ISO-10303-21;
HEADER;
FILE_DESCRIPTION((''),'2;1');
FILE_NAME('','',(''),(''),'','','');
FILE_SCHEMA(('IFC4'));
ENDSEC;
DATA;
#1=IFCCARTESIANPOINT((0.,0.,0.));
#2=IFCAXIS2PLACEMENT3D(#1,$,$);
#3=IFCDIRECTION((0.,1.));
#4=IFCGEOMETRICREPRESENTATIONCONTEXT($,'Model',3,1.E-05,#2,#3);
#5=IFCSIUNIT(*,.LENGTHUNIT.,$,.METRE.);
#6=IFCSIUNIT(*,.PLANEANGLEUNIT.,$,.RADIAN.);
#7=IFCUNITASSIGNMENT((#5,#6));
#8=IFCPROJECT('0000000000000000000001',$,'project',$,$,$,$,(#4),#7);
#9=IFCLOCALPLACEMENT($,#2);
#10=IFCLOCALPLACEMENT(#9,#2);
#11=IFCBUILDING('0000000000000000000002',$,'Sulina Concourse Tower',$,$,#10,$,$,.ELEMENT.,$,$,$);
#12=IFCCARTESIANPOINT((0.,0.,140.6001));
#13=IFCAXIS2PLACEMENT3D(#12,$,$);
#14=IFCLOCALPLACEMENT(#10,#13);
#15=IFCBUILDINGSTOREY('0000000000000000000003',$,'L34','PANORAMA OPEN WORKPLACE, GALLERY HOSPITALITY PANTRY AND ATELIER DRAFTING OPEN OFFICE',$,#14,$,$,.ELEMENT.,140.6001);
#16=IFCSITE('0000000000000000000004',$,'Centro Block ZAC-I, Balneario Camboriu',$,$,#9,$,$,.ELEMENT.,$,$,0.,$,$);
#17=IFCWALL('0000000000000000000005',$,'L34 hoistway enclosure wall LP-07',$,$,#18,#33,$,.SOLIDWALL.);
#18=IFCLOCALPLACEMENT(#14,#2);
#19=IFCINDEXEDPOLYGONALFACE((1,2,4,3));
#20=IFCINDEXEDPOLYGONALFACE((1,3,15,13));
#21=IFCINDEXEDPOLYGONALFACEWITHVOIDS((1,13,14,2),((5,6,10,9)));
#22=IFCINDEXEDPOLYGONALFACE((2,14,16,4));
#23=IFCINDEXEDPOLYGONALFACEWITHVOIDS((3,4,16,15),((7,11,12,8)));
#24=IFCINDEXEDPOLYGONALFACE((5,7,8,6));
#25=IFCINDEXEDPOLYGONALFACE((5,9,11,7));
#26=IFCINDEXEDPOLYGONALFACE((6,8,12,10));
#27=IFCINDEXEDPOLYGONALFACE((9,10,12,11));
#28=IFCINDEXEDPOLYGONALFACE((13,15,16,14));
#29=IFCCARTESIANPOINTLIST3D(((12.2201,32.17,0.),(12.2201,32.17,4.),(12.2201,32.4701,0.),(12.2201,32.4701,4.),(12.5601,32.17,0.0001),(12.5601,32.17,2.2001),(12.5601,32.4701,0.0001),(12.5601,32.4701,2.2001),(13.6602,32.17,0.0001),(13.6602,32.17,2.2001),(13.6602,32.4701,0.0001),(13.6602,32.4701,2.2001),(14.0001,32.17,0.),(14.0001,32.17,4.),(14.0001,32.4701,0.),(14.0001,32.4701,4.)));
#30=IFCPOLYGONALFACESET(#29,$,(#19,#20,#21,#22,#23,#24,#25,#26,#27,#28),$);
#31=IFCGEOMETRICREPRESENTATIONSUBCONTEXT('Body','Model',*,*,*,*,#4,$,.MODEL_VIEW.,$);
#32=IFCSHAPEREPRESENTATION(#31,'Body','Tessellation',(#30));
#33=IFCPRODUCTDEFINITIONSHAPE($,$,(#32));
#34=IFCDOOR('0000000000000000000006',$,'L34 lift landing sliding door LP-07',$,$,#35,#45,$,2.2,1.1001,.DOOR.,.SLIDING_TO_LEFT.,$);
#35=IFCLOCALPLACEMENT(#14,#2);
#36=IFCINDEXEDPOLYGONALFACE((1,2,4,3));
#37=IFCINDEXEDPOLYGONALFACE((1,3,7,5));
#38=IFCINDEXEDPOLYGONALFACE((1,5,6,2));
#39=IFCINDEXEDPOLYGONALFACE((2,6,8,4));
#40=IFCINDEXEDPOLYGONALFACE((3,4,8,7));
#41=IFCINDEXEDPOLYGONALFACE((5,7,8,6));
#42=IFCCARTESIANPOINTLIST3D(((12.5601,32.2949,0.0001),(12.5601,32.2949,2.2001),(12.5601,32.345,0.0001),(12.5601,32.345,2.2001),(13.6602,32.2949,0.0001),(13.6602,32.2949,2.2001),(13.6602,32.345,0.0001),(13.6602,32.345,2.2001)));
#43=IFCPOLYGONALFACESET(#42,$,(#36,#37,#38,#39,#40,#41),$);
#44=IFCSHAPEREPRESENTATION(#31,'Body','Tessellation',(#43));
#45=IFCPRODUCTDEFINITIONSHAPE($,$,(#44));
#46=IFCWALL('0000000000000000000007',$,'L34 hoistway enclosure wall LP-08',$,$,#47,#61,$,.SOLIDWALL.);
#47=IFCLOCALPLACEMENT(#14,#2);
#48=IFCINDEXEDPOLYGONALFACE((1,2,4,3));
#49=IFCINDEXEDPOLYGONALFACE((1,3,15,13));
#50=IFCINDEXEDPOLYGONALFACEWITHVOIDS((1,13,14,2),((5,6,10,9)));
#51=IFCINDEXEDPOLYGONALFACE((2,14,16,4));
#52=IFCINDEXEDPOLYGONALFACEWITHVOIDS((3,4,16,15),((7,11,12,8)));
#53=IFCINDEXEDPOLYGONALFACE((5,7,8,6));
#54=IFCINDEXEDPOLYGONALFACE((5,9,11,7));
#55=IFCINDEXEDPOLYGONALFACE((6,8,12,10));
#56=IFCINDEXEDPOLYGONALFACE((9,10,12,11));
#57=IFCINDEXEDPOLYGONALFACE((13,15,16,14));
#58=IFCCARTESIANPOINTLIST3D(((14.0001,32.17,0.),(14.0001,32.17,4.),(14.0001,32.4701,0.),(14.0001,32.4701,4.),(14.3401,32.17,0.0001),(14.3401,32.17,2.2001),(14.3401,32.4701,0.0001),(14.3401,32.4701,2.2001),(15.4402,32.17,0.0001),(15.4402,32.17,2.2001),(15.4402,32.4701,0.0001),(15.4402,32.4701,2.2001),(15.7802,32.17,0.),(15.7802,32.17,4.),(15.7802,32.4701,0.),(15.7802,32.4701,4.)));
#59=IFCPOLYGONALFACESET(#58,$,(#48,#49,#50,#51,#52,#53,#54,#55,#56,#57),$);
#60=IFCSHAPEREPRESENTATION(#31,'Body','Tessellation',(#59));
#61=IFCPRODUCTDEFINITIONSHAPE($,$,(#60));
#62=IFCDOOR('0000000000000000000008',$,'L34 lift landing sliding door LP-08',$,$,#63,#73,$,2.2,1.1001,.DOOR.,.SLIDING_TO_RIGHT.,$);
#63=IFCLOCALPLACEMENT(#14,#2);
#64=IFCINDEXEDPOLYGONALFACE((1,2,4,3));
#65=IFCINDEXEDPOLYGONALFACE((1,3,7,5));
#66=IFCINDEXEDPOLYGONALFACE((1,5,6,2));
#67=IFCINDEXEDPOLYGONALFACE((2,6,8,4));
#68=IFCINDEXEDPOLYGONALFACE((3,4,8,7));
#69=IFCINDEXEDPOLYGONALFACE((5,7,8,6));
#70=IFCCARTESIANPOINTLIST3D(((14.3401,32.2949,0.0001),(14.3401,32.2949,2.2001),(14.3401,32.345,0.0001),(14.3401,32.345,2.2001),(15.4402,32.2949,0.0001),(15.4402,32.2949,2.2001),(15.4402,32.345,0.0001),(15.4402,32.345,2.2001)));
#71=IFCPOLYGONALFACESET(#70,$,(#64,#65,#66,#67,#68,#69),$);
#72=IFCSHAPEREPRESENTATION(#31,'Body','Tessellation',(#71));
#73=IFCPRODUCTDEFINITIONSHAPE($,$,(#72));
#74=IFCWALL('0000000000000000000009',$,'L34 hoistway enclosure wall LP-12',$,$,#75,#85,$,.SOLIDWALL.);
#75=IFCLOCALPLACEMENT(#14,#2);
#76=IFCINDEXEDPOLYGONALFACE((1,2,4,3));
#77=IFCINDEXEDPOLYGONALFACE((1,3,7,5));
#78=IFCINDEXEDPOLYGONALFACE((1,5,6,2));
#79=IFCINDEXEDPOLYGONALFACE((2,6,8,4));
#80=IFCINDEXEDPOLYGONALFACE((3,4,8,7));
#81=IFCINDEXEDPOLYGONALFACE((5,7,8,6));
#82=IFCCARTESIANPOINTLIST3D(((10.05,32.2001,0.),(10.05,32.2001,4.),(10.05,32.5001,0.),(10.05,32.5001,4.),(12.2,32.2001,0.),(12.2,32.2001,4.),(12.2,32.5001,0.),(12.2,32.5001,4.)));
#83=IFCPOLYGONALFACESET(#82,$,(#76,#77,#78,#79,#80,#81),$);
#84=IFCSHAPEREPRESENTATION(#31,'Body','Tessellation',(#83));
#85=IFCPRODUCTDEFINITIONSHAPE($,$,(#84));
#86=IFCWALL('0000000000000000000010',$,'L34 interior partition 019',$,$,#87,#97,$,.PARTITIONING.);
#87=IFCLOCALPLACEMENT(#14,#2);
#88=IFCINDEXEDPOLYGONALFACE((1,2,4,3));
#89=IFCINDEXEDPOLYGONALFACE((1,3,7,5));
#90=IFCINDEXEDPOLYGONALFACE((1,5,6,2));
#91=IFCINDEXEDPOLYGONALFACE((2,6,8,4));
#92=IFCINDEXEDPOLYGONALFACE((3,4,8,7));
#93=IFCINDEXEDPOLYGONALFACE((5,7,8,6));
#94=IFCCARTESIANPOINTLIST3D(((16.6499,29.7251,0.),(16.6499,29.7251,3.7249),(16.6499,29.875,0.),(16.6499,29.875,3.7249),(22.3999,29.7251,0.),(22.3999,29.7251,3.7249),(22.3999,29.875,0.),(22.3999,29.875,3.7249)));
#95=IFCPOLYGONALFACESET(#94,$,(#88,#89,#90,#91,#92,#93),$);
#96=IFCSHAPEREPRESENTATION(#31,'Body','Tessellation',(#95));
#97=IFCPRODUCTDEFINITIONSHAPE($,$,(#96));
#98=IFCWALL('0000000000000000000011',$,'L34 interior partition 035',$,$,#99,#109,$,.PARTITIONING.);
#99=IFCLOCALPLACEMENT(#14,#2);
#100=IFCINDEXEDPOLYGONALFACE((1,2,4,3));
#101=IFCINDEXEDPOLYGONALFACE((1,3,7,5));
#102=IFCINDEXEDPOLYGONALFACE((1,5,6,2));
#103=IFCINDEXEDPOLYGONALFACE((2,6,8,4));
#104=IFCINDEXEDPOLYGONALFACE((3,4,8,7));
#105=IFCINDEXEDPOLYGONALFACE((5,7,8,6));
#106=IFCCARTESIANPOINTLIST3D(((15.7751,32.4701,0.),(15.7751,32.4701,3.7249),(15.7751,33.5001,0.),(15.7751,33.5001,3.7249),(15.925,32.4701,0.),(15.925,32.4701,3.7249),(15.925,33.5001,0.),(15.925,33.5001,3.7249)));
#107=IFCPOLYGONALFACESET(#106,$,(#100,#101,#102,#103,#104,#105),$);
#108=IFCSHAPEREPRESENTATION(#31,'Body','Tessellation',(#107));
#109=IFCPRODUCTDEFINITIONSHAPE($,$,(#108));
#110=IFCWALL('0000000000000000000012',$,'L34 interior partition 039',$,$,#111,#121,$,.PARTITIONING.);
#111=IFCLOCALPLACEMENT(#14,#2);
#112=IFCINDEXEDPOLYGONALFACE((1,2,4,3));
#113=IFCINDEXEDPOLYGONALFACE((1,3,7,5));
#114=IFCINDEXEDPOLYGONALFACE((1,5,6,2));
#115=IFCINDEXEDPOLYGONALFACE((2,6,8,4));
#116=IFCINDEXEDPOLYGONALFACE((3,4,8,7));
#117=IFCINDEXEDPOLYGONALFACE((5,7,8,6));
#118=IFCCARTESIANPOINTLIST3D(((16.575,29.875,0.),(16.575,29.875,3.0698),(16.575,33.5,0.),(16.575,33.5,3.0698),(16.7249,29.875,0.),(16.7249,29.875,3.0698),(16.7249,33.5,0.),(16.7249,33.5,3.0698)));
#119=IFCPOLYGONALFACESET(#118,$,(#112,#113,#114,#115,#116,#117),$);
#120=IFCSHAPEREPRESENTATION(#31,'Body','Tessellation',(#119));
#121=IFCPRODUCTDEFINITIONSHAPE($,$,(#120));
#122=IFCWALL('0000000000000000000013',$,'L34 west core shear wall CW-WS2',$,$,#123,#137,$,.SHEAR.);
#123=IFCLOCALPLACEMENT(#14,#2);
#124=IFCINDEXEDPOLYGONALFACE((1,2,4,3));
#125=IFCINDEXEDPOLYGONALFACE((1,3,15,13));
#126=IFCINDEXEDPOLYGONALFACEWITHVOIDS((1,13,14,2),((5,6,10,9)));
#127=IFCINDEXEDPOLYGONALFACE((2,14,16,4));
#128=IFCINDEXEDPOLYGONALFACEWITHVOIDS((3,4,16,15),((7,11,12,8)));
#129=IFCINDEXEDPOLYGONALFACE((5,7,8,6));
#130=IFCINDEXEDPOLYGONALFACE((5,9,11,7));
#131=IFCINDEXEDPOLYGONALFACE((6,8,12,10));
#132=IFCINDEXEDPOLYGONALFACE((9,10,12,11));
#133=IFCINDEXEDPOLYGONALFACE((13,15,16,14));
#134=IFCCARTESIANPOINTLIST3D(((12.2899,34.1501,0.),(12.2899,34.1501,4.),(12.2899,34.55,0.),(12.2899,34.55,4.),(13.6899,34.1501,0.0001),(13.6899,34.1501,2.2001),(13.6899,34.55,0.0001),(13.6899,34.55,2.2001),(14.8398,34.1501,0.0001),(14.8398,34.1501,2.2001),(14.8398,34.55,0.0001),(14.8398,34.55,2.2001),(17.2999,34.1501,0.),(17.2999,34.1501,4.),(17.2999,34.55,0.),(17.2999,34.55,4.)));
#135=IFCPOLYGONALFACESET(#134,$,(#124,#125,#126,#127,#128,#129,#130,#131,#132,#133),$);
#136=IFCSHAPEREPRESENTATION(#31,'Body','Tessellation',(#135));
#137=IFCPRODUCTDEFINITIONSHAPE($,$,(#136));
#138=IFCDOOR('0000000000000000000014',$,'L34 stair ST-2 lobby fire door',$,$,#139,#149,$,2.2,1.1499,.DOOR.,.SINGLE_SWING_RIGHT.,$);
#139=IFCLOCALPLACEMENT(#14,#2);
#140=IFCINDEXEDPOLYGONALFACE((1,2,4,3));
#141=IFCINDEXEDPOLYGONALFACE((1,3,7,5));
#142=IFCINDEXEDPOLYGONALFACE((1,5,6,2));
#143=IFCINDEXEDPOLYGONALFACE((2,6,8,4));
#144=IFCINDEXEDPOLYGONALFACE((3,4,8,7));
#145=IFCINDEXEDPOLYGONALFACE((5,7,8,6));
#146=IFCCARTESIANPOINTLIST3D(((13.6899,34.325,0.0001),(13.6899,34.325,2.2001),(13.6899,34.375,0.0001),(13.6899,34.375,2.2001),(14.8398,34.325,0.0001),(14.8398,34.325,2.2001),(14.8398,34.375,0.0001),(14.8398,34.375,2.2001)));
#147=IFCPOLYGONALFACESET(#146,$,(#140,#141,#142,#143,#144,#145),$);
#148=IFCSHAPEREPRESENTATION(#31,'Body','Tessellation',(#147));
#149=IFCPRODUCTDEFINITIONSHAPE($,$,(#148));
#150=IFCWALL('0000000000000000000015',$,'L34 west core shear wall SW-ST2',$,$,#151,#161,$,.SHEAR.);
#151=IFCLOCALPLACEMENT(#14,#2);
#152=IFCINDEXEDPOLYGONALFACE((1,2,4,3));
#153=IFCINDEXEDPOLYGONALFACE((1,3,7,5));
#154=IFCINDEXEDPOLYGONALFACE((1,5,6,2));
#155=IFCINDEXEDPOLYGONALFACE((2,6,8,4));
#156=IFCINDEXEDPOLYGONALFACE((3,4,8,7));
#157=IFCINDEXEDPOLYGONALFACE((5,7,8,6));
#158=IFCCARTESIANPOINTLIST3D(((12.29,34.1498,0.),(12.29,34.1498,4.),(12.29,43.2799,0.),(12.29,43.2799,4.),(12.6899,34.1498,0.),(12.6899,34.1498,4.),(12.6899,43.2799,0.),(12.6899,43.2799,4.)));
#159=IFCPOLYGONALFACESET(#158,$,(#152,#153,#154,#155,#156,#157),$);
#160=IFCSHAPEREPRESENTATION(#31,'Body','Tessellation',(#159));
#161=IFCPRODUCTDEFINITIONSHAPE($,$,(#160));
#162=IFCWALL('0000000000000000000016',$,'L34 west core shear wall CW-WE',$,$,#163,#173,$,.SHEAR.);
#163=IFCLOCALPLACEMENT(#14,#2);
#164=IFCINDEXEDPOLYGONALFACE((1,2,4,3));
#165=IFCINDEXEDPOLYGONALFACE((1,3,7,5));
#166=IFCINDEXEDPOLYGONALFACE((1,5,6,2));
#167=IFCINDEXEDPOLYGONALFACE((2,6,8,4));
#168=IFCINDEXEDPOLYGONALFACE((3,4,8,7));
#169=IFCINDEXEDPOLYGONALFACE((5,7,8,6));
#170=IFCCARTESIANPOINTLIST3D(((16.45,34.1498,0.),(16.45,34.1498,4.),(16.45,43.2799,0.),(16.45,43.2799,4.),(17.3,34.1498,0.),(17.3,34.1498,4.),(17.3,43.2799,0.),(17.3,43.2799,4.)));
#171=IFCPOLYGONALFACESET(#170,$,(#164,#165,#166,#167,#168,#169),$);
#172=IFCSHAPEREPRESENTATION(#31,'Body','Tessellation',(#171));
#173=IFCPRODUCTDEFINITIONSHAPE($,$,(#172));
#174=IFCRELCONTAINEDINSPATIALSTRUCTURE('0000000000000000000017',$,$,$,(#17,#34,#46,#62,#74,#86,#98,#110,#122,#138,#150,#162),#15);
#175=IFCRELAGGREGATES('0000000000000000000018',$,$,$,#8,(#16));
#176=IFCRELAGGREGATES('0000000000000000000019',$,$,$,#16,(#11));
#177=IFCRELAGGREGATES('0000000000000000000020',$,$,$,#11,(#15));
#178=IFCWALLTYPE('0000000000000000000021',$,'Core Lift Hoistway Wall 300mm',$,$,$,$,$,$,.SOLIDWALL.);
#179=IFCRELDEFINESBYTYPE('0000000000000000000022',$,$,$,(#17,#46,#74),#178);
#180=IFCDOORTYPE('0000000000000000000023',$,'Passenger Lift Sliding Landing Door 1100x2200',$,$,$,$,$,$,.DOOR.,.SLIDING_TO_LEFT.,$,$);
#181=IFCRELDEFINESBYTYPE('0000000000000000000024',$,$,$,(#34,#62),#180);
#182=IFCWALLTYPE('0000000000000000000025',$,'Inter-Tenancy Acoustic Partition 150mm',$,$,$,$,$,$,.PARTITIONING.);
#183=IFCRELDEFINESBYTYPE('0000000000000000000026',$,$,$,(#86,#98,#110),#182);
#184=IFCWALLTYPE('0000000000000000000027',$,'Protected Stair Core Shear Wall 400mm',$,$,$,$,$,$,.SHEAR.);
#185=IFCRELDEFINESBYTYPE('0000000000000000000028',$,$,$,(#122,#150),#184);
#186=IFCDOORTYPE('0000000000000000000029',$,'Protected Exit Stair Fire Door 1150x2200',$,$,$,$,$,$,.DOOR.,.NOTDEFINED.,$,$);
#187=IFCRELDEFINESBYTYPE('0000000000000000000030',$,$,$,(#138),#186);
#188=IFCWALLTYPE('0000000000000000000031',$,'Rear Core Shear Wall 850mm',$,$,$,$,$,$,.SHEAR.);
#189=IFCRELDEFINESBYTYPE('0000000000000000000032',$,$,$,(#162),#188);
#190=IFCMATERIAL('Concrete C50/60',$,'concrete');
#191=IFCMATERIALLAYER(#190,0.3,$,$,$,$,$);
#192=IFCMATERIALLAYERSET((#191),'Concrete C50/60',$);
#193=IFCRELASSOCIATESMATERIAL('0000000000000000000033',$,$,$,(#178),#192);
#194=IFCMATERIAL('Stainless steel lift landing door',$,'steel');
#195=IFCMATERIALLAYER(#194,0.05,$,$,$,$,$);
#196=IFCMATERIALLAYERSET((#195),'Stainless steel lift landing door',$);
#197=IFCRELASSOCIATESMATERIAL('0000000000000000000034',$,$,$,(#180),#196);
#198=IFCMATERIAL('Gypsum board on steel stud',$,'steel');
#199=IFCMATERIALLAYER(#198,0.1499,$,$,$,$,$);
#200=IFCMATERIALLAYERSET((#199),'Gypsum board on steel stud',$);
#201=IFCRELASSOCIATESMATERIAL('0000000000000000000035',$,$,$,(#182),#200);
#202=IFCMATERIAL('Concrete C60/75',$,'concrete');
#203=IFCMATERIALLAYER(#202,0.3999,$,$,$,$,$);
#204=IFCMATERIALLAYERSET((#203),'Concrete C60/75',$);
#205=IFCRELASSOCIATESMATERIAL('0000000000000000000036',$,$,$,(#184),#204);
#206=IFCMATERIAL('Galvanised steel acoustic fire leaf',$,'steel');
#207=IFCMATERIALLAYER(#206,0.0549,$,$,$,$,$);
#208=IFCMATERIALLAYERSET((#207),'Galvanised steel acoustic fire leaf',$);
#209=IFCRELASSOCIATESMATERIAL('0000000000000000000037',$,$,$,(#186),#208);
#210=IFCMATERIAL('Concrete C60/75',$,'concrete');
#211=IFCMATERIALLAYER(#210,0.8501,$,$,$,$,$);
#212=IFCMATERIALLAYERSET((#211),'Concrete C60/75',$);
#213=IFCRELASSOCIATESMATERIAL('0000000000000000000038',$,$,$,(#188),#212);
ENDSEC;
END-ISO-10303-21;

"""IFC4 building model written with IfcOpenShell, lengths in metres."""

from ifc_helpers import new_model, si_unit, direction, frame, frame_2d, origin, place, context, subcontext, project, spatial, rectangle, extrude, material, layer, layer_set, type_object, element, fill, save


model = new_model("IFC4")

# Units and contexts
model_context = context("Model", 3, precision=1e-05, world=origin(), true_north=direction((0.0, 1.0)))
body_context = subcontext(model_context, "Body", "Model", "MODEL_VIEW")
ifc_project = project(units=[si_unit("LENGTHUNIT", "METRE"), si_unit("PLANEANGLEUNIT", "RADIAN")], contexts=[model_context])

# Site, building, storey
site_placement = place(None, origin())
site = spatial("IfcSite", under=ifc_project, at=site_placement, Name="Centro Block ZAC-I, Balneario Camboriu", CompositionType="ELEMENT", RefElevation=0.0)
building_placement = place(site_placement, origin())
building = spatial("IfcBuilding", under=site, at=building_placement, Name="Sulina Concourse Tower", CompositionType="ELEMENT")
storey_placement = place(building_placement, frame((0.0, 0.0, 140.6001)))
storey = spatial("IfcBuildingStorey", under=building, at=storey_placement, Name="L34", Description="PANORAMA OPEN WORKPLACE, GALLERY HOSPITALITY PANTRY AND ATELIER DRAFTING OPEN OFFICE", CompositionType="ELEMENT", Elevation=140.6001)

# Walls, openings, doors
ifc_material_1 = material(Name="Concrete C50/60", Category="concrete")
ifc_layer_1 = layer(ifc_material_1, 0.3)
ifc_layer_set_1 = layer_set([ifc_layer_1], Name="Concrete C50/60")
wall_type_1 = type_object("IfcWallType", Name="Core Lift Hoistway Wall 300mm", PredefinedType="SOLIDWALL", material=ifc_layer_set_1)
ifc_material_2 = material(Name="Stainless steel lift landing door", Category="steel")
ifc_layer_2 = layer(ifc_material_2, 0.05)
ifc_layer_set_2 = layer_set([ifc_layer_2], Name="Stainless steel lift landing door")
door_type_1 = type_object("IfcDoorType", Name="Passenger Lift Sliding Landing Door 1100x2200", OperationType="SLIDING_TO_LEFT", PredefinedType="DOOR", material=ifc_layer_set_2)
wall_1_placement = place(storey_placement, frame((12.22, 32.3201, 0.0), z_axis=(0.0, 0.0, 1.0), x_axis=(1.0, 0.0, 0.0)))
wall_1 = element("IfcWall", 1, at=wall_1_placement, inside=storey, type_object=wall_type_1, Name="L34 hoistway enclosure wall LP-07", PredefinedType="SOLIDWALL", context=body_context, shape_type="SweptSolid", body=[
    extrude(rectangle(XDim=1.78, YDim=0.3, at=frame_2d((0.8901, 0.0))), origin(), (0.0, 0.0, 1.0), 4.0),
])
opening_1_placement = place(wall_1_placement, frame((0.3401, 0.0, 0.0)))
opening_1 = element("IfcOpeningElement", 2, at=opening_1_placement, cuts=wall_1, PredefinedType="OPENING", context=body_context, shape_type="SweptSolid", body=[
    extrude(rectangle(XDim=1.1001, YDim=2.2, at=frame_2d((0.55, 1.1001))), frame((0.0, 0.1599, 0.0), z_axis=(0.0, -1.0, 0.0), x_axis=(1.0, 0.0, 0.0)), (0.0, 0.0, 1.0), 0.3201),
])
door_1_placement = place(opening_1_placement, origin())
door_1 = element("IfcDoor", 3, at=door_1_placement, inside=storey, type_object=door_type_1, Name="L34 lift landing sliding door LP-07", OperationType="SLIDING_TO_LEFT", OverallHeight=2.2, OverallWidth=1.1001, PredefinedType="DOOR", context=body_context, shape_type="SweptSolid", body=[
    extrude(rectangle(XDim=1.1001, YDim=2.2, at=frame_2d((0.55, 1.1001))), frame((0.0, 0.0249, 0.0), z_axis=(0.0, -1.0, 0.0), x_axis=(1.0, 0.0, 0.0)), (0.0, 0.0, 1.0), 0.05),
])
fill(opening_1, door_1)
wall_2_placement = place(storey_placement, frame((14.0, 32.3201, 0.0), z_axis=(0.0, 0.0, 1.0), x_axis=(1.0, 0.0, 0.0)))
wall_2 = element("IfcWall", 4, at=wall_2_placement, inside=storey, type_object=wall_type_1, Name="L34 hoistway enclosure wall LP-08", PredefinedType="SOLIDWALL", context=body_context, shape_type="SweptSolid", body=[
    extrude(rectangle(XDim=1.78, YDim=0.3, at=frame_2d((0.8901, 0.0))), origin(), (0.0, 0.0, 1.0), 4.0),
])
opening_2_placement = place(wall_2_placement, frame((0.3401, 0.0, 0.0)))
opening_2 = element("IfcOpeningElement", 5, at=opening_2_placement, cuts=wall_2, PredefinedType="OPENING", context=body_context, shape_type="SweptSolid", body=[
    extrude(rectangle(XDim=1.1001, YDim=2.2, at=frame_2d((0.55, 1.1001))), frame((0.0, 0.1599, 0.0), z_axis=(0.0, -1.0, 0.0), x_axis=(1.0, 0.0, 0.0)), (0.0, 0.0, 1.0), 0.3201),
])
door_2_placement = place(opening_2_placement, origin())
door_2 = element("IfcDoor", 6, at=door_2_placement, inside=storey, type_object=door_type_1, Name="L34 lift landing sliding door LP-08", OperationType="SLIDING_TO_RIGHT", OverallHeight=2.2, OverallWidth=1.1001, PredefinedType="DOOR", context=body_context, shape_type="SweptSolid", body=[
    extrude(rectangle(XDim=1.1001, YDim=2.2, at=frame_2d((0.55, 1.1001))), frame((0.0, 0.0249, 0.0), z_axis=(0.0, -1.0, 0.0), x_axis=(1.0, 0.0, 0.0)), (0.0, 0.0, 1.0), 0.05),
])
fill(opening_2, door_2)

# Walls
wall_3_placement = place(storey_placement, frame((10.05, 32.3501, 0.0), z_axis=(0.0, 0.0, 1.0), x_axis=(1.0, 0.0, 0.0)))
element("IfcWall", 7, at=wall_3_placement, inside=storey, type_object=wall_type_1, Name="L34 hoistway enclosure wall LP-12", PredefinedType="SOLIDWALL", context=body_context, shape_type="SweptSolid", body=[
    extrude(rectangle(XDim=2.1499, YDim=0.3, at=frame_2d((1.075, 0.0))), origin(), (0.0, 0.0, 1.0), 4.0),
])
ifc_material_3 = material(Name="Gypsum board on steel stud", Category="steel")
ifc_layer_3 = layer(ifc_material_3, 0.1499)
ifc_layer_set_3 = layer_set([ifc_layer_3], Name="Gypsum board on steel stud")
wall_type_2 = type_object("IfcWallType", Name="Inter-Tenancy Acoustic Partition 150mm", PredefinedType="PARTITIONING", material=ifc_layer_set_3)
wall_4_placement = place(storey_placement, frame((16.6499, 29.8, 0.0), z_axis=(0.0, 0.0, 1.0), x_axis=(1.0, 0.0, 0.0)))
element("IfcWall", 8, at=wall_4_placement, inside=storey, type_object=wall_type_2, Name="L34 interior partition 019", PredefinedType="PARTITIONING", context=body_context, shape_type="SweptSolid", body=[
    extrude(rectangle(XDim=5.75, YDim=0.1499, at=frame_2d((2.875, 0.0))), origin(), (0.0, 0.0, 1.0), 3.7249),
])
wall_5_placement = place(storey_placement, frame((15.8501, 32.47, 0.0), z_axis=(0.0, 0.0, 1.0), x_axis=(0.0, 1.0, 0.0)))
element("IfcWall", 9, at=wall_5_placement, inside=storey, type_object=wall_type_2, Name="L34 interior partition 035", PredefinedType="PARTITIONING", context=body_context, shape_type="SweptSolid", body=[
    extrude(rectangle(XDim=1.03, YDim=0.1499, at=frame_2d((0.5151, 0.0))), origin(), (0.0, 0.0, 1.0), 3.7249),
])
wall_6_placement = place(storey_placement, frame((16.6499, 29.875, 0.0), z_axis=(0.0, 0.0, 1.0), x_axis=(0.0, 1.0, 0.0)))
element("IfcWall", 10, at=wall_6_placement, inside=storey, type_object=wall_type_2, Name="L34 interior partition 039", PredefinedType="PARTITIONING", context=body_context, shape_type="SweptSolid", body=[
    extrude(rectangle(XDim=3.625, YDim=0.1499, at=frame_2d((1.8125, 0.0))), origin(), (0.0, 0.0, 1.0), 3.0698),
])

# Wall, opening, door
ifc_material_4 = material(Name="Concrete C60/75", Category="concrete")
ifc_layer_4 = layer(ifc_material_4, 0.3999)
ifc_layer_set_4 = layer_set([ifc_layer_4], Name="Concrete C60/75")
wall_type_3 = type_object("IfcWallType", Name="Protected Stair Core Shear Wall 400mm", PredefinedType="SHEAR", material=ifc_layer_set_4)
wall_7_placement = place(storey_placement, frame((12.29, 34.3501, 0.0), z_axis=(0.0, 0.0, 1.0), x_axis=(1.0, 0.0, 0.0)))
wall_7 = element("IfcWall", 11, at=wall_7_placement, inside=storey, type_object=wall_type_3, Name="L34 west core shear wall CW-WS2", PredefinedType="SHEAR", context=body_context, shape_type="SweptSolid", body=[
    extrude(rectangle(XDim=5.01, YDim=0.3999, at=frame_2d((2.5049, 0.0))), origin(), (0.0, 0.0, 1.0), 4.0),
])
opening_3_placement = place(wall_7_placement, frame((1.3999, 0.0, 0.0)))
opening_3 = element("IfcOpeningElement", 12, at=opening_3_placement, cuts=wall_7, PredefinedType="OPENING", context=body_context, shape_type="SweptSolid", body=[
    extrude(rectangle(XDim=1.1499, YDim=2.2, at=frame_2d((0.575, 1.1001))), frame((0.0, 0.21, 0.0), z_axis=(0.0, -1.0, 0.0), x_axis=(1.0, 0.0, 0.0)), (0.0, 0.0, 1.0), 0.4199),
])
ifc_material_5 = material(Name="Galvanised steel acoustic fire leaf", Category="steel")
ifc_layer_5 = layer(ifc_material_5, 0.0549)
ifc_layer_set_5 = layer_set([ifc_layer_5], Name="Galvanised steel acoustic fire leaf")
door_type_2 = type_object("IfcDoorType", Name="Protected Exit Stair Fire Door 1150x2200", OperationType="NOTDEFINED", PredefinedType="DOOR", material=ifc_layer_set_5)
door_3_placement = place(opening_3_placement, origin())
door_3 = element("IfcDoor", 13, at=door_3_placement, inside=storey, type_object=door_type_2, Name="L34 stair ST-2 lobby fire door", OperationType="SINGLE_SWING_RIGHT", OverallHeight=2.2, OverallWidth=1.1499, PredefinedType="DOOR", context=body_context, shape_type="SweptSolid", body=[
    extrude(rectangle(XDim=1.1499, YDim=2.2, at=frame_2d((0.575, 1.1001))), frame((0.0, 0.0249, 0.0), z_axis=(0.0, -1.0, 0.0), x_axis=(1.0, 0.0, 0.0)), (0.0, 0.0, 1.0), 0.05),
])
fill(opening_3, door_3)

# Walls
wall_8_placement = place(storey_placement, frame((12.49, 34.1499, 0.0), z_axis=(0.0, 0.0, 1.0), x_axis=(0.0, 1.0, 0.0)))
element("IfcWall", 14, at=wall_8_placement, inside=storey, type_object=wall_type_3, Name="L34 west core shear wall SW-ST2", PredefinedType="SHEAR", context=body_context, shape_type="SweptSolid", body=[
    extrude(rectangle(XDim=9.1301, YDim=0.3999, at=frame_2d((4.5649, 0.0))), origin(), (0.0, 0.0, 1.0), 4.0),
])
ifc_material_6 = material(Name="Concrete C60/75", Category="concrete")
ifc_layer_6 = layer(ifc_material_6, 0.8501)
ifc_layer_set_6 = layer_set([ifc_layer_6], Name="Concrete C60/75")
wall_type_4 = type_object("IfcWallType", Name="Rear Core Shear Wall 850mm", PredefinedType="SHEAR", material=ifc_layer_set_6)
wall_9_placement = place(storey_placement, frame((16.875, 34.1499, 0.0), z_axis=(0.0, 0.0, 1.0), x_axis=(0.0, 1.0, 0.0)))
element("IfcWall", 15, at=wall_9_placement, inside=storey, type_object=wall_type_4, Name="L34 west core shear wall CW-WE", PredefinedType="SHEAR", context=body_context, shape_type="SweptSolid", body=[
    extrude(rectangle(XDim=9.1301, YDim=0.8501, at=frame_2d((4.5649, 0.0))), origin(), (0.0, 0.0, 1.0), 4.0),
])

save(model, "model.ifc")
